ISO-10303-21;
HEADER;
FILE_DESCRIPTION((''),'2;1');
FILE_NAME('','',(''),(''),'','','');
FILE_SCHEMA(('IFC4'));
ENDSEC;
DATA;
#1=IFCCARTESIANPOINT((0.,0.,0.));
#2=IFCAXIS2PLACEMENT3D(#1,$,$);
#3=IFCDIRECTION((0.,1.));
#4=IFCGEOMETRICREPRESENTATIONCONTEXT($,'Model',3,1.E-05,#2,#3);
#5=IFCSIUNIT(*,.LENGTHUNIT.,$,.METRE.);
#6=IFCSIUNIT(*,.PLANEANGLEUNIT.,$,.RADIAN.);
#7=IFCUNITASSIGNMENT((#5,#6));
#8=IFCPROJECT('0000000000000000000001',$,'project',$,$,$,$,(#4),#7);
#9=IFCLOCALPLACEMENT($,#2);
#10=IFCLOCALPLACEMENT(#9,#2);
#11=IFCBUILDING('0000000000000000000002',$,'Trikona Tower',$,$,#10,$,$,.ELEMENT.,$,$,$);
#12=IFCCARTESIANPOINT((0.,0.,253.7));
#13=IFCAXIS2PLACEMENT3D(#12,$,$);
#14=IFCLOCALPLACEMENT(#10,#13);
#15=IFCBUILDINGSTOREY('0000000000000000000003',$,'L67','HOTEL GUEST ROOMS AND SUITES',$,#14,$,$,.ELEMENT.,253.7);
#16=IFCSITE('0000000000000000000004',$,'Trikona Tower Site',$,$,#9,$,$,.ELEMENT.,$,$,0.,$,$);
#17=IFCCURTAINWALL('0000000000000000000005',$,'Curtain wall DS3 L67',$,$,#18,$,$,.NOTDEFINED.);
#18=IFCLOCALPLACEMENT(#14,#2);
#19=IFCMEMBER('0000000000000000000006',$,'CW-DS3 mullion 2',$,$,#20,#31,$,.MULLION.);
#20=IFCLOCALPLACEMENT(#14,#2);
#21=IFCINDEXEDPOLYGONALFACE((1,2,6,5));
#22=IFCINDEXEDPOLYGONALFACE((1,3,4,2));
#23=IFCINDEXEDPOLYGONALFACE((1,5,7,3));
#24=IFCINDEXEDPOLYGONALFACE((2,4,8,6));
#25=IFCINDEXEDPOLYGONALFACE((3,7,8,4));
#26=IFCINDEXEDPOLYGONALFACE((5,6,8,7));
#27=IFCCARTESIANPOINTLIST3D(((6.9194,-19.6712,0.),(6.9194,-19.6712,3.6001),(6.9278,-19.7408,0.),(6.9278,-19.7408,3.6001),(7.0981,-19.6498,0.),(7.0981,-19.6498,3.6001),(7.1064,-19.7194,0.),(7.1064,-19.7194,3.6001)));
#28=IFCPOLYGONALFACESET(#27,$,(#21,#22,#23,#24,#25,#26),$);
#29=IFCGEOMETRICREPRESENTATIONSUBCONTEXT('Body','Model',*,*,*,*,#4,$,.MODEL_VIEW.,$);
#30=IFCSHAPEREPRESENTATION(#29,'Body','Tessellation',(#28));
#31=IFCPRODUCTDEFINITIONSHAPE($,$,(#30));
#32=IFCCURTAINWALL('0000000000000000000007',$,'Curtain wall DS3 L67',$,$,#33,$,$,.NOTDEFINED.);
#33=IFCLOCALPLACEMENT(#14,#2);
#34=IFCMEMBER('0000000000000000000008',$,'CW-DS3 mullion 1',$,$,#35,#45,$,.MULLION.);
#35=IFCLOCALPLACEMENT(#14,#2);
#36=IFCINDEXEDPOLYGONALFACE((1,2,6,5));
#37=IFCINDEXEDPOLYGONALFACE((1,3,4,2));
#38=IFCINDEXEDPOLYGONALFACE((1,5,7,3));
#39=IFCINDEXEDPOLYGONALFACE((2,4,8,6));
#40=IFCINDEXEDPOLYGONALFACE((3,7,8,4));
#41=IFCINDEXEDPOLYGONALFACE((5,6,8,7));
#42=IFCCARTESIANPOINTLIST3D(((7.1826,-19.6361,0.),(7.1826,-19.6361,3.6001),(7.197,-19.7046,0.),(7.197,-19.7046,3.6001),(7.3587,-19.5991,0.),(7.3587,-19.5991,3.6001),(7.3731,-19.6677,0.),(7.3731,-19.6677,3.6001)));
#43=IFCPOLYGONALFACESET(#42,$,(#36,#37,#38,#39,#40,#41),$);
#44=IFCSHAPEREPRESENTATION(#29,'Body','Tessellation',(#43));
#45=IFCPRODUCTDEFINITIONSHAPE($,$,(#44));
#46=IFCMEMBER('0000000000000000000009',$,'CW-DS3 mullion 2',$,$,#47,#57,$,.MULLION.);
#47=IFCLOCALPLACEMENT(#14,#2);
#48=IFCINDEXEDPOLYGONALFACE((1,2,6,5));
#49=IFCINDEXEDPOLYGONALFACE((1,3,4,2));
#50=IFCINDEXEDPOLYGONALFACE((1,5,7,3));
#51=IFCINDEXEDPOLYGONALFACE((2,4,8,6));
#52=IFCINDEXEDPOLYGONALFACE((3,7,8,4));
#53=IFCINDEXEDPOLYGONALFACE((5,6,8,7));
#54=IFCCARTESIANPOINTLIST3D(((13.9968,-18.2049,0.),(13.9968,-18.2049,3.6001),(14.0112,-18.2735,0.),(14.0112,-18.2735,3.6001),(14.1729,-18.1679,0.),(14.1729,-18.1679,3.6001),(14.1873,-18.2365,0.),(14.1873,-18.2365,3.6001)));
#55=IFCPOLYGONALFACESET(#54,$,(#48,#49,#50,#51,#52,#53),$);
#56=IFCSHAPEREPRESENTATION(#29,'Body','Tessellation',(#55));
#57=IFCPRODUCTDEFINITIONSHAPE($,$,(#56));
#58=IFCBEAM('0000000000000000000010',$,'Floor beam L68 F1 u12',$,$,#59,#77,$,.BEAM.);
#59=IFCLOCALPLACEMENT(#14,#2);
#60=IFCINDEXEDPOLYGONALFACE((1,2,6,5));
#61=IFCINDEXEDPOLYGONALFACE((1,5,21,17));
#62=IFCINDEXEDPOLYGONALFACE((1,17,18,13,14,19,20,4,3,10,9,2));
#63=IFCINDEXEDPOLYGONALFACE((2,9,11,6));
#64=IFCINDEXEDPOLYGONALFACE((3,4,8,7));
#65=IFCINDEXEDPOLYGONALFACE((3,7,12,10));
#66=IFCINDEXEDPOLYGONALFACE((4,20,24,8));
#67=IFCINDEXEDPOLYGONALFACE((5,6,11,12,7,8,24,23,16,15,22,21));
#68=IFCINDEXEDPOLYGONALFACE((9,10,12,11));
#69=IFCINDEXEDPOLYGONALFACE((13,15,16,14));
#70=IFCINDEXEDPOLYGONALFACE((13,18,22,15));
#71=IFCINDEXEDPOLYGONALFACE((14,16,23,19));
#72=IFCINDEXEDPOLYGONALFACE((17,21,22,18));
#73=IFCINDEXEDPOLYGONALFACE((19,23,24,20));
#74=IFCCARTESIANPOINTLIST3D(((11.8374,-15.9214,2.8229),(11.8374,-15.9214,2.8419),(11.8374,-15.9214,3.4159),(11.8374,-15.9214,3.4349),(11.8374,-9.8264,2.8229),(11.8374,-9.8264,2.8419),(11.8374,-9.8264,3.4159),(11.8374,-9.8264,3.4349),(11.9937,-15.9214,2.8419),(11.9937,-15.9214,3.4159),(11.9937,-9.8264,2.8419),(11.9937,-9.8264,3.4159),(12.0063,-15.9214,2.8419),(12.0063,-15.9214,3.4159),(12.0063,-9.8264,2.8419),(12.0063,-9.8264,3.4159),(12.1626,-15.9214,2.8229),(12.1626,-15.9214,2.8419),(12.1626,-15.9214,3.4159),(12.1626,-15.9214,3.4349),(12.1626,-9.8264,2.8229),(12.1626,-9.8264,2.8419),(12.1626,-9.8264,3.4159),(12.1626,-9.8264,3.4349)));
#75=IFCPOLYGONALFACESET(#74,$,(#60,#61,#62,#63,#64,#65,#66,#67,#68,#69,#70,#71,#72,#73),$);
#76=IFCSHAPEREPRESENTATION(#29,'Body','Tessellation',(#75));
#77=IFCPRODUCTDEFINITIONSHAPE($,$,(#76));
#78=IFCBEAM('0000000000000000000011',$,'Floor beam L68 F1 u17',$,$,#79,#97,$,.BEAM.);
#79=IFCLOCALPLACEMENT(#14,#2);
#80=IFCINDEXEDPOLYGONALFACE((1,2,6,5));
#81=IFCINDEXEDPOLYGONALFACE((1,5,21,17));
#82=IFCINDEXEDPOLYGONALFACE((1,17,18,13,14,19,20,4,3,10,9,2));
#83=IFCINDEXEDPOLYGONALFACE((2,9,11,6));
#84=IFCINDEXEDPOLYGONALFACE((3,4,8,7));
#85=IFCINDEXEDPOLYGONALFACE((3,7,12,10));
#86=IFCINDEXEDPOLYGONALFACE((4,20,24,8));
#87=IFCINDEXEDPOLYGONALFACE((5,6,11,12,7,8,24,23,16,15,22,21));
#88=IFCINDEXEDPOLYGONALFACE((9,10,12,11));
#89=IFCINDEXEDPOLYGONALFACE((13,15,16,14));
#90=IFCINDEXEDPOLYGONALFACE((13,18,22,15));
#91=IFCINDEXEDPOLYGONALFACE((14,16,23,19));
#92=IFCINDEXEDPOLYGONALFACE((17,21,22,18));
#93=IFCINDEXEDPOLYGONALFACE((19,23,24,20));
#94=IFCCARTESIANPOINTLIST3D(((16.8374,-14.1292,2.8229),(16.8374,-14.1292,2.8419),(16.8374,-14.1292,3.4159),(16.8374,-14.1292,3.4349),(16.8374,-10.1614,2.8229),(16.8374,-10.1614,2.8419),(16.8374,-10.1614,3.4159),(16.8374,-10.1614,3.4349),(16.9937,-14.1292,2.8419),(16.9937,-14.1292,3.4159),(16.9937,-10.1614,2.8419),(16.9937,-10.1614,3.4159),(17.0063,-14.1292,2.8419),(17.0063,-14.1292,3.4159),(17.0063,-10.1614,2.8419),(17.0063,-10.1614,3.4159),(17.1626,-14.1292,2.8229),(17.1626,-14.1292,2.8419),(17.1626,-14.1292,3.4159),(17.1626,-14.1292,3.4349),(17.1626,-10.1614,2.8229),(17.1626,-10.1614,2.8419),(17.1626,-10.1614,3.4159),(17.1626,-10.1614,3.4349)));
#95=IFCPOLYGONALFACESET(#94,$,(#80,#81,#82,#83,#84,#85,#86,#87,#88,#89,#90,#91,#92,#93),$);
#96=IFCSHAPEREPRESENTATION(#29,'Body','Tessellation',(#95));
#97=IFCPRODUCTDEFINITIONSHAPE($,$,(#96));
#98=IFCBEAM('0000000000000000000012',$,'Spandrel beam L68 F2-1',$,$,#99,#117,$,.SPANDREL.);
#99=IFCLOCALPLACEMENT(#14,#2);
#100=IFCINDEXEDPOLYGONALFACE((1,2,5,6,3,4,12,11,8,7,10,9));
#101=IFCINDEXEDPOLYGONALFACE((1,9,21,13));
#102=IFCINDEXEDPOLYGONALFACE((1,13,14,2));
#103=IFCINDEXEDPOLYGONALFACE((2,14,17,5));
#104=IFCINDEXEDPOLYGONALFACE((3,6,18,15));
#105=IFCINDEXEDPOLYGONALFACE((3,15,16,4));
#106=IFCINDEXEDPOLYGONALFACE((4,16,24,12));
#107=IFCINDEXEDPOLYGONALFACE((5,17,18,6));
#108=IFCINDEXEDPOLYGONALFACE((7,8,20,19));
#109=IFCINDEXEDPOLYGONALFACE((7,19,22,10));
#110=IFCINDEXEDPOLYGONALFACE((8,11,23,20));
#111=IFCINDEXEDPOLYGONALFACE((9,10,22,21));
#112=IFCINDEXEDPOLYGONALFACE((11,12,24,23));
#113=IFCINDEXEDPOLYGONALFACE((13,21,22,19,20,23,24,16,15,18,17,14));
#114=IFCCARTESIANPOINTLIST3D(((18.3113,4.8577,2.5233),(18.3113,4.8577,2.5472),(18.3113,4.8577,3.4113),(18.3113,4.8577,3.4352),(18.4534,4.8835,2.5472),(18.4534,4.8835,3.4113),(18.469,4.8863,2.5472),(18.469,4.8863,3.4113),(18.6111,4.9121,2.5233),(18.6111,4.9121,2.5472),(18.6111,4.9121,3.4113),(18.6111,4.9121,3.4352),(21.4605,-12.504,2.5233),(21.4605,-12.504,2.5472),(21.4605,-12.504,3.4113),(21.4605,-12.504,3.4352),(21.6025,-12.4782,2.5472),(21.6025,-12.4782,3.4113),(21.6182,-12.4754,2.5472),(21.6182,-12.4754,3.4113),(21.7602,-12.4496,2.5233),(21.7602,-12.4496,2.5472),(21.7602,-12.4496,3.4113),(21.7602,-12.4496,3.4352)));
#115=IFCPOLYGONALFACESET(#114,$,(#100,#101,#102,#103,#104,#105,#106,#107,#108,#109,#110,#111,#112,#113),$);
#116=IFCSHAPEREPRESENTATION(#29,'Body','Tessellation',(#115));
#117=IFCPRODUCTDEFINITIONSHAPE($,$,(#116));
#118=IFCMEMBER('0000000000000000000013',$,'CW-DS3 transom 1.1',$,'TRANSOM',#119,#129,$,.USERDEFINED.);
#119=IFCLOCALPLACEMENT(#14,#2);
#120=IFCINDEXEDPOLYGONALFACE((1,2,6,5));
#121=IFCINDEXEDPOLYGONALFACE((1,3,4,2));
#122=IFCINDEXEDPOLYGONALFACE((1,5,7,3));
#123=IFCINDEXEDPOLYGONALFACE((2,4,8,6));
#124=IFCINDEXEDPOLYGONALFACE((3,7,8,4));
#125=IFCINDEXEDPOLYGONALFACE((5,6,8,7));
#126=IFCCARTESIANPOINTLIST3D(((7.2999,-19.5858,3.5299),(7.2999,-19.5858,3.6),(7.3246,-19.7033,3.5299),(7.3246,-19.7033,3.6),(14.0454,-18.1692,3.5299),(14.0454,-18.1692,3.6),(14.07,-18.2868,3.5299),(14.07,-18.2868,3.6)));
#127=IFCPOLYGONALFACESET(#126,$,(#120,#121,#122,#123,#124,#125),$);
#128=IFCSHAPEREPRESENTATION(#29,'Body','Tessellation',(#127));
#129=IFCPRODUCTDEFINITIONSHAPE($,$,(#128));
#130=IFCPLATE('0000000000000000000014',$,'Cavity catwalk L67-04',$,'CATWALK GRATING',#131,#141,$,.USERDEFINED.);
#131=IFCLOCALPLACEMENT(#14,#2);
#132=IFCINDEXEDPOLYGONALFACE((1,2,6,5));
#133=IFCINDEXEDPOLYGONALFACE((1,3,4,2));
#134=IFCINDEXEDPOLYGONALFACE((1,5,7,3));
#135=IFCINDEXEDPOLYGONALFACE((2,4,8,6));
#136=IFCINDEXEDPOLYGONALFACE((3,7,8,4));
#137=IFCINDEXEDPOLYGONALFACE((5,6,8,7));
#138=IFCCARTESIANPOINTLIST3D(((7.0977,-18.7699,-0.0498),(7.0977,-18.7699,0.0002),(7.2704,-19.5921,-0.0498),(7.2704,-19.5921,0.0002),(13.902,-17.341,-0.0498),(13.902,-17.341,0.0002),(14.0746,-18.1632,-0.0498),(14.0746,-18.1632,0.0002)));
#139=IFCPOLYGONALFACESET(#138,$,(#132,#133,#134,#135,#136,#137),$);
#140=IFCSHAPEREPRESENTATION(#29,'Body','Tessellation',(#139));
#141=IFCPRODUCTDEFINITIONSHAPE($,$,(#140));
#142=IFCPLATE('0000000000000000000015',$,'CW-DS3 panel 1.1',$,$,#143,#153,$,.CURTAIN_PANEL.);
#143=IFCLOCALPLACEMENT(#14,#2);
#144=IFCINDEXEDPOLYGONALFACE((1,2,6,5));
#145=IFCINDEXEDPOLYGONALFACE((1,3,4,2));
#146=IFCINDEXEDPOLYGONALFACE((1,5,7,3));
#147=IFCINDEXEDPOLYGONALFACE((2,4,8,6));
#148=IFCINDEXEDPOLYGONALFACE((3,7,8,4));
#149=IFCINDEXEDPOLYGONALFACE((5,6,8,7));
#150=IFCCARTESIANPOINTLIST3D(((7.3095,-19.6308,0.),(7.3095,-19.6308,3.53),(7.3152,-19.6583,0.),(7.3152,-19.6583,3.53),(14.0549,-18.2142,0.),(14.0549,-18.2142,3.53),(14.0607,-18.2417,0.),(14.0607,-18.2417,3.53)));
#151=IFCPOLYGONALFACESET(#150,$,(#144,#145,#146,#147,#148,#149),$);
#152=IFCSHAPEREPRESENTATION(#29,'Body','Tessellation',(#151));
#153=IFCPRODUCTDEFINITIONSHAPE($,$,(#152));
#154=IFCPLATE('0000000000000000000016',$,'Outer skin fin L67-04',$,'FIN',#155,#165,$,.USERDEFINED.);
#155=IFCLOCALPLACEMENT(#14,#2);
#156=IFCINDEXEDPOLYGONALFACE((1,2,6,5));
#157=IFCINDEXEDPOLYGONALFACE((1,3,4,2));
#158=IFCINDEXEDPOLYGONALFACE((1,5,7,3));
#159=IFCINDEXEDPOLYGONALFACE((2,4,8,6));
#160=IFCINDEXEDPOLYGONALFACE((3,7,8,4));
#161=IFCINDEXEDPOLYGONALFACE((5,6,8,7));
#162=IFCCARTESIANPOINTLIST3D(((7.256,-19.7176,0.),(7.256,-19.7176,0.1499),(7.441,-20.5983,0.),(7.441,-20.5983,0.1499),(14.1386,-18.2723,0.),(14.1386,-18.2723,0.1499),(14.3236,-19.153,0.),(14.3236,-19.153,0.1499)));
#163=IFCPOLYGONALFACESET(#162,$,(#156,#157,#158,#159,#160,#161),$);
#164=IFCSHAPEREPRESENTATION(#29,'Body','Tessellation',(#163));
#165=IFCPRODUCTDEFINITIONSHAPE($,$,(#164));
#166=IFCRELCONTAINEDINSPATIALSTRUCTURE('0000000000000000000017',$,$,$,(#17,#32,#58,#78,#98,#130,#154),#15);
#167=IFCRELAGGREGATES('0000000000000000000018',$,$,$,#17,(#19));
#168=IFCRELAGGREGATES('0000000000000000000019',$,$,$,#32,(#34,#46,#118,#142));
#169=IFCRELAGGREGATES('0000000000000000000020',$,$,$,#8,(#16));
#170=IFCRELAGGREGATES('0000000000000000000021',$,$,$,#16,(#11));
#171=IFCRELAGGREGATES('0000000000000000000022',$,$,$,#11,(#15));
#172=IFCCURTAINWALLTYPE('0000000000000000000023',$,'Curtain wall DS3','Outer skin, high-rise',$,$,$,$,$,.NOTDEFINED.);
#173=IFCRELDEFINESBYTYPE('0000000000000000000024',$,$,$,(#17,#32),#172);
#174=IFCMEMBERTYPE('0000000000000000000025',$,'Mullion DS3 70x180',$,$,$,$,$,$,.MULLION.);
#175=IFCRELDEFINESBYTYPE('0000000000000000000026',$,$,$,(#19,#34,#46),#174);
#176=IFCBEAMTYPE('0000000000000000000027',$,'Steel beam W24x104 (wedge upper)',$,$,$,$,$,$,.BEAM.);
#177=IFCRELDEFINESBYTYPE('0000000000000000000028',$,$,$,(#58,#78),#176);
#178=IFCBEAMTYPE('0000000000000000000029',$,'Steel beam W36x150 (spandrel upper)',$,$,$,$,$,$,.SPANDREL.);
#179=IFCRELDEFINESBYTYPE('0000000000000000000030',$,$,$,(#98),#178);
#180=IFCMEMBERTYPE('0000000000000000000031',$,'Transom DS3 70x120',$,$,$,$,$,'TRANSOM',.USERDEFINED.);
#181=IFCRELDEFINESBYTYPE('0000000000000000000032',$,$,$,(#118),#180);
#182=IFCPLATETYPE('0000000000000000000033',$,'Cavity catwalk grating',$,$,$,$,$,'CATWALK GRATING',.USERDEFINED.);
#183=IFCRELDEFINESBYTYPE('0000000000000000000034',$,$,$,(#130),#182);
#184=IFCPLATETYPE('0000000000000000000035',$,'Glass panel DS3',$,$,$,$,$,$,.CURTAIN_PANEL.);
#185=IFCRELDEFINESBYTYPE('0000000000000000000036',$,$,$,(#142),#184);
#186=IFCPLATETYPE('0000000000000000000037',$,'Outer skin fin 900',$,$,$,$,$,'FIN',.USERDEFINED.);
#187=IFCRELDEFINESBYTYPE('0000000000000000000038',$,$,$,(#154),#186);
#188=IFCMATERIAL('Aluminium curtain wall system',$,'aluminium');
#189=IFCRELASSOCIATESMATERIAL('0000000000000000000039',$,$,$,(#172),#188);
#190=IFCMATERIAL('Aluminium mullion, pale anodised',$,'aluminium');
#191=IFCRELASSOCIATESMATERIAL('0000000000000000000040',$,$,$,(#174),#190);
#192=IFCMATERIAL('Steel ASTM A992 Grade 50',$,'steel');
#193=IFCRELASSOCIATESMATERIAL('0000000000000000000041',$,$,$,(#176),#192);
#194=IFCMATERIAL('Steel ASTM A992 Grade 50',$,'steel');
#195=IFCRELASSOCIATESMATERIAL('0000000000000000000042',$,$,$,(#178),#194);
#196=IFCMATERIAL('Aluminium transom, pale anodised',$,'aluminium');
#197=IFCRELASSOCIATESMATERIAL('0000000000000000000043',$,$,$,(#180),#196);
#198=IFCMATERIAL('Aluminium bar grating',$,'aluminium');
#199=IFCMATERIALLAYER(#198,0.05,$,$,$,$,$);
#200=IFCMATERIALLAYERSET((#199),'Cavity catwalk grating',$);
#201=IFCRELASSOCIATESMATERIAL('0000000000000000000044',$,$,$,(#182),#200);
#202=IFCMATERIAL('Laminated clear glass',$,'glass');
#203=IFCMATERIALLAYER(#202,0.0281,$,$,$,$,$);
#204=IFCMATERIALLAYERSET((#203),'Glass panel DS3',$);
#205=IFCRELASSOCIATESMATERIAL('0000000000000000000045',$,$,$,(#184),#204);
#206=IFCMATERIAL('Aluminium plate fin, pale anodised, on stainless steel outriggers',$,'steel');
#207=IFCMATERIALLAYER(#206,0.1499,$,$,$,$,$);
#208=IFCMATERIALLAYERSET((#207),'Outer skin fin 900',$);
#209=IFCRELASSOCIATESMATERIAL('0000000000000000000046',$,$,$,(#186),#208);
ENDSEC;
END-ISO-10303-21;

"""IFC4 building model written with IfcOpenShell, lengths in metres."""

from ifc_helpers import new_model, si_unit, direction, frame, origin, origin_2d, place, context, subcontext, project, spatial, rectangle, i_section, extrude, material, layer, layer_set, material_profile, profile_set, type_object, element, aggregate, save


model = new_model("IFC4")

# Units and contexts
model_context = context("Model", 3, precision=1e-05, world=origin(), true_north=direction((0.0, 1.0)))
body_context = subcontext(model_context, "Body", "Model", "MODEL_VIEW")
ifc_project = project(units=[si_unit("LENGTHUNIT", "METRE"), si_unit("PLANEANGLEUNIT", "RADIAN")], contexts=[model_context])

# Site, building, storey
site_placement = place(None, origin())
site = spatial("IfcSite", under=ifc_project, at=site_placement, Name="Trikona Tower Site", CompositionType="ELEMENT", RefElevation=0.0)
building_placement = place(site_placement, origin())
building = spatial("IfcBuilding", under=site, at=building_placement, Name="Trikona Tower", CompositionType="ELEMENT")
storey_placement = place(building_placement, frame((0.0, 0.0, 253.7)))
storey = spatial("IfcBuildingStorey", under=building, at=storey_placement, Name="L67", Description="HOTEL GUEST ROOMS AND SUITES", CompositionType="ELEMENT", Elevation=253.7)

# Curtain wall, member
ifc_material_1 = material(Name="Aluminium curtain wall system", Category="aluminium")
curtain_wall_type = type_object("IfcCurtainWallType", Name="Curtain wall DS3", Description="Outer skin, high-rise", PredefinedType="NOTDEFINED", material=ifc_material_1)
curtain_wall_1_placement = place(storey_placement, origin())
curtain_wall_1 = element("IfcCurtainWall", 1, at=curtain_wall_1_placement, inside=storey, type_object=curtain_wall_type, Name="Curtain wall DS3 L67", PredefinedType="NOTDEFINED")
ifc_material_2 = material(Name="Aluminium mullion, pale anodised", Category="aluminium")
ifc_material_profile_1 = material_profile(ifc_material_2, rectangle(XDim=0.0701, YDim=0.1799, at=origin_2d()), Name="MUL-DS3")
ifc_profile_set_1 = profile_set([ifc_material_profile_1], Name="Aluminium mullion, pale anodised")
member_type_1 = type_object("IfcMemberType", Name="Mullion DS3 70x180", PredefinedType="MULLION", material=ifc_profile_set_1)
member_1_placement = place(storey_placement, frame((7.0129, -19.6953, 0.0), z_axis=(0.0, 0.0, 1.0), x_axis=(-0.119141, 0.992877, 0.0)))
member_1 = element("IfcMember", 2, at=member_1_placement, type_object=member_type_1, Name="CW-DS3 mullion 2", PredefinedType="MULLION", context=body_context, shape_type="SweptSolid", body=[
    extrude(rectangle(XDim=0.0701, YDim=0.1799, at=origin_2d()), origin(), (0.0, 0.0, 1.0), 3.6001),
])
aggregate(curtain_wall_1, [member_1])

# Curtain wall, members
curtain_wall_2_placement = place(storey_placement, origin())
curtain_wall_2 = element("IfcCurtainWall", 3, at=curtain_wall_2_placement, inside=storey, type_object=curtain_wall_type, Name="Curtain wall DS3 L67", PredefinedType="NOTDEFINED")
member_2_placement = place(storey_placement, frame((7.2778, -19.6519, 0.0), z_axis=(0.0, 0.0, 1.0), x_axis=(-0.205527, 0.978651, 0.0)))
member_2 = element("IfcMember", 4, at=member_2_placement, type_object=member_type_1, Name="CW-DS3 mullion 1", PredefinedType="MULLION", context=body_context, shape_type="SweptSolid", body=[
    extrude(rectangle(XDim=0.0701, YDim=0.1799, at=origin_2d()), origin(), (0.0, 0.0, 1.0), 3.6001),
])
member_3_placement = place(storey_placement, frame((14.092, -18.2207, 0.0), z_axis=(0.0, 0.0, 1.0), x_axis=(-0.205527, 0.978651, 0.0)))
member_3 = element("IfcMember", 5, at=member_3_placement, type_object=member_type_1, Name="CW-DS3 mullion 2", PredefinedType="MULLION", context=body_context, shape_type="SweptSolid", body=[
    extrude(rectangle(XDim=0.0701, YDim=0.1799, at=origin_2d()), origin(), (0.0, 0.0, 1.0), 3.6001),
])

# Beams
ifc_material_3 = material(Name="Steel ASTM A992 Grade 50", Category="steel")
ifc_material_profile_2 = material_profile(ifc_material_3, i_section(OverallWidth=0.3252, OverallDepth=0.6121, WebThickness=0.0127, FlangeThickness=0.019, at=origin_2d()), Name="W24X104")
ifc_profile_set_2 = profile_set([ifc_material_profile_2], Name="Steel ASTM A992 Grade 50")
beam_type_1 = type_object("IfcBeamType", Name="Steel beam W24x104 (wedge upper)", PredefinedType="BEAM", material=ifc_profile_set_2)
beam_1_placement = place(storey_placement, frame((12.0, -9.8264, 3.1289), z_axis=(0.0, -1.0, 0.0), x_axis=(1.0, 0.0, 0.0)))
element("IfcBeam", 6, at=beam_1_placement, inside=storey, type_object=beam_type_1, Name="Floor beam L68 F1 u12", PredefinedType="BEAM", context=body_context, shape_type="SweptSolid", body=[
    extrude(i_section(OverallWidth=0.3252, OverallDepth=0.6121, WebThickness=0.0127, FlangeThickness=0.019, at=origin_2d()), origin(), (0.0, 0.0, 1.0), 6.095),
])
beam_2_placement = place(storey_placement, frame((17.0, -10.1614, 3.1289), z_axis=(0.0, -1.0, 0.0), x_axis=(1.0, 0.0, 0.0)))
element("IfcBeam", 7, at=beam_2_placement, inside=storey, type_object=beam_type_1, Name="Floor beam L68 F1 u17", PredefinedType="BEAM", context=body_context, shape_type="SweptSolid", body=[
    extrude(i_section(OverallWidth=0.3252, OverallDepth=0.6121, WebThickness=0.0127, FlangeThickness=0.019, at=origin_2d()), origin(), (0.0, 0.0, 1.0), 3.9678),
])
ifc_material_4 = material(Name="Steel ASTM A992 Grade 50", Category="steel")
ifc_material_profile_3 = material_profile(ifc_material_4, i_section(OverallWidth=0.3047, OverallDepth=0.9119, WebThickness=0.0159, FlangeThickness=0.0239, at=origin_2d()), Name="W36X150")
ifc_profile_set_3 = profile_set([ifc_material_profile_3], Name="Steel ASTM A992 Grade 50")
beam_type_2 = type_object("IfcBeamType", Name="Steel beam W36x150 (spandrel upper)", PredefinedType="SPANDREL", material=ifc_profile_set_3)
beam_3_placement = place(storey_placement, frame((21.6104, -12.4768, 2.9792), z_axis=(-0.178473, 0.983945, 0.0), x_axis=(-0.983945, -0.178473, 0.0)))
element("IfcBeam", 8, at=beam_3_placement, inside=storey, type_object=beam_type_2, Name="Spandrel beam L68 F2-1", PredefinedType="SPANDREL", context=body_context, shape_type="SweptSolid", body=[
    extrude(i_section(OverallWidth=0.3047, OverallDepth=0.9119, WebThickness=0.0159, FlangeThickness=0.0239, at=origin_2d()), origin(), (0.0, 0.0, 1.0), 17.645),
])

# Member
ifc_material_5 = material(Name="Aluminium transom, pale anodised", Category="aluminium")
ifc_material_profile_4 = material_profile(ifc_material_5, rectangle(XDim=0.1201, YDim=0.0701, at=origin_2d()), Name="TRN-DS3")
ifc_profile_set_4 = profile_set([ifc_material_profile_4], Name="Aluminium transom, pale anodised")
member_type_2 = type_object("IfcMemberType", Name="Transom DS3 70x120", ElementType="TRANSOM", PredefinedType="USERDEFINED", material=ifc_profile_set_4)
member_4_placement = place(storey_placement, frame((7.3123, -19.6445, 3.5649), z_axis=(0.978654, 0.205514, 0.0), x_axis=(-0.205514, 0.978654, 0.0)))
member_4 = element("IfcMember", 9, at=member_4_placement, type_object=member_type_2, Name="CW-DS3 transom 1.1", ObjectType="TRANSOM", PredefinedType="USERDEFINED", context=body_context, shape_type="SweptSolid", body=[
    extrude(rectangle(XDim=0.1201, YDim=0.0701, at=origin_2d()), origin(), (0.0, 0.0, 1.0), 6.8926),
])

# Plates
ifc_material_6 = material(Name="Aluminium bar grating", Category="aluminium")
ifc_layer_1 = layer(ifc_material_6, 0.05)
ifc_layer_set_1 = layer_set([ifc_layer_1], Name="Cavity catwalk grating")
plate_type_1 = type_object("IfcPlateType", Name="Cavity catwalk grating", ElementType="CATWALK GRATING", PredefinedType="USERDEFINED", material=ifc_layer_set_1)
plate_1_placement = place(storey_placement, frame((10.5862, -18.4666, -0.0498), z_axis=(0.0, 0.0, 1.0), x_axis=(0.978653, 0.205518, 0.0)))
element("IfcPlate", 10, at=plate_1_placement, inside=storey, type_object=plate_type_1, Name="Cavity catwalk L67-04", ObjectType="CATWALK GRATING", PredefinedType="USERDEFINED", context=body_context, shape_type="SweptSolid", body=[
    extrude(rectangle(XDim=6.9526, YDim=0.8401, at=origin_2d()), origin(), (0.0, 0.0, 1.0), 0.05),
])
ifc_material_7 = material(Name="Laminated clear glass", Category="glass")
ifc_layer_2 = layer(ifc_material_7, 0.0281)
ifc_layer_set_2 = layer_set([ifc_layer_2], Name="Glass panel DS3")
plate_type_2 = type_object("IfcPlateType", Name="Glass panel DS3", PredefinedType="CURTAIN_PANEL", material=ifc_layer_set_2)
plate_2_placement = place(storey_placement, frame((10.6851, -18.9363, 0.0), z_axis=(0.0, 0.0, 1.0), x_axis=(0.978651, 0.205527, 0.0)))
plate_2 = element("IfcPlate", 11, at=plate_2_placement, type_object=plate_type_2, Name="CW-DS3 panel 1.1", PredefinedType="CURTAIN_PANEL", context=body_context, shape_type="SweptSolid", body=[
    extrude(rectangle(XDim=6.8926, YDim=0.0281, at=origin_2d()), origin(), (0.0, 0.0, 1.0), 3.53),
])
aggregate(curtain_wall_2, [member_2, member_3, member_4, plate_2])
ifc_material_8 = material(Name="Aluminium plate fin, pale anodised, on stainless steel outriggers", Category="steel")
ifc_layer_3 = layer(ifc_material_8, 0.1499)
ifc_layer_set_3 = layer_set([ifc_layer_3], Name="Outer skin fin 900")
plate_type_3 = type_object("IfcPlateType", Name="Outer skin fin 900", ElementType="FIN", PredefinedType="USERDEFINED", material=ifc_layer_set_3)
plate_3_placement = place(storey_placement, frame((10.7898, -19.4353, 0.0), z_axis=(0.0, 0.0, 1.0), x_axis=(0.978653, 0.205518, 0.0)))
element("IfcPlate", 12, at=plate_3_placement, inside=storey, type_object=plate_type_3, Name="Outer skin fin L67-04", ObjectType="FIN", PredefinedType="USERDEFINED", context=body_context, shape_type="SweptSolid", body=[
    extrude(rectangle(XDim=7.0327, YDim=0.8999, at=origin_2d()), origin(), (0.0, 0.0, 1.0), 0.1499),
])

save(model, "model.ifc")
